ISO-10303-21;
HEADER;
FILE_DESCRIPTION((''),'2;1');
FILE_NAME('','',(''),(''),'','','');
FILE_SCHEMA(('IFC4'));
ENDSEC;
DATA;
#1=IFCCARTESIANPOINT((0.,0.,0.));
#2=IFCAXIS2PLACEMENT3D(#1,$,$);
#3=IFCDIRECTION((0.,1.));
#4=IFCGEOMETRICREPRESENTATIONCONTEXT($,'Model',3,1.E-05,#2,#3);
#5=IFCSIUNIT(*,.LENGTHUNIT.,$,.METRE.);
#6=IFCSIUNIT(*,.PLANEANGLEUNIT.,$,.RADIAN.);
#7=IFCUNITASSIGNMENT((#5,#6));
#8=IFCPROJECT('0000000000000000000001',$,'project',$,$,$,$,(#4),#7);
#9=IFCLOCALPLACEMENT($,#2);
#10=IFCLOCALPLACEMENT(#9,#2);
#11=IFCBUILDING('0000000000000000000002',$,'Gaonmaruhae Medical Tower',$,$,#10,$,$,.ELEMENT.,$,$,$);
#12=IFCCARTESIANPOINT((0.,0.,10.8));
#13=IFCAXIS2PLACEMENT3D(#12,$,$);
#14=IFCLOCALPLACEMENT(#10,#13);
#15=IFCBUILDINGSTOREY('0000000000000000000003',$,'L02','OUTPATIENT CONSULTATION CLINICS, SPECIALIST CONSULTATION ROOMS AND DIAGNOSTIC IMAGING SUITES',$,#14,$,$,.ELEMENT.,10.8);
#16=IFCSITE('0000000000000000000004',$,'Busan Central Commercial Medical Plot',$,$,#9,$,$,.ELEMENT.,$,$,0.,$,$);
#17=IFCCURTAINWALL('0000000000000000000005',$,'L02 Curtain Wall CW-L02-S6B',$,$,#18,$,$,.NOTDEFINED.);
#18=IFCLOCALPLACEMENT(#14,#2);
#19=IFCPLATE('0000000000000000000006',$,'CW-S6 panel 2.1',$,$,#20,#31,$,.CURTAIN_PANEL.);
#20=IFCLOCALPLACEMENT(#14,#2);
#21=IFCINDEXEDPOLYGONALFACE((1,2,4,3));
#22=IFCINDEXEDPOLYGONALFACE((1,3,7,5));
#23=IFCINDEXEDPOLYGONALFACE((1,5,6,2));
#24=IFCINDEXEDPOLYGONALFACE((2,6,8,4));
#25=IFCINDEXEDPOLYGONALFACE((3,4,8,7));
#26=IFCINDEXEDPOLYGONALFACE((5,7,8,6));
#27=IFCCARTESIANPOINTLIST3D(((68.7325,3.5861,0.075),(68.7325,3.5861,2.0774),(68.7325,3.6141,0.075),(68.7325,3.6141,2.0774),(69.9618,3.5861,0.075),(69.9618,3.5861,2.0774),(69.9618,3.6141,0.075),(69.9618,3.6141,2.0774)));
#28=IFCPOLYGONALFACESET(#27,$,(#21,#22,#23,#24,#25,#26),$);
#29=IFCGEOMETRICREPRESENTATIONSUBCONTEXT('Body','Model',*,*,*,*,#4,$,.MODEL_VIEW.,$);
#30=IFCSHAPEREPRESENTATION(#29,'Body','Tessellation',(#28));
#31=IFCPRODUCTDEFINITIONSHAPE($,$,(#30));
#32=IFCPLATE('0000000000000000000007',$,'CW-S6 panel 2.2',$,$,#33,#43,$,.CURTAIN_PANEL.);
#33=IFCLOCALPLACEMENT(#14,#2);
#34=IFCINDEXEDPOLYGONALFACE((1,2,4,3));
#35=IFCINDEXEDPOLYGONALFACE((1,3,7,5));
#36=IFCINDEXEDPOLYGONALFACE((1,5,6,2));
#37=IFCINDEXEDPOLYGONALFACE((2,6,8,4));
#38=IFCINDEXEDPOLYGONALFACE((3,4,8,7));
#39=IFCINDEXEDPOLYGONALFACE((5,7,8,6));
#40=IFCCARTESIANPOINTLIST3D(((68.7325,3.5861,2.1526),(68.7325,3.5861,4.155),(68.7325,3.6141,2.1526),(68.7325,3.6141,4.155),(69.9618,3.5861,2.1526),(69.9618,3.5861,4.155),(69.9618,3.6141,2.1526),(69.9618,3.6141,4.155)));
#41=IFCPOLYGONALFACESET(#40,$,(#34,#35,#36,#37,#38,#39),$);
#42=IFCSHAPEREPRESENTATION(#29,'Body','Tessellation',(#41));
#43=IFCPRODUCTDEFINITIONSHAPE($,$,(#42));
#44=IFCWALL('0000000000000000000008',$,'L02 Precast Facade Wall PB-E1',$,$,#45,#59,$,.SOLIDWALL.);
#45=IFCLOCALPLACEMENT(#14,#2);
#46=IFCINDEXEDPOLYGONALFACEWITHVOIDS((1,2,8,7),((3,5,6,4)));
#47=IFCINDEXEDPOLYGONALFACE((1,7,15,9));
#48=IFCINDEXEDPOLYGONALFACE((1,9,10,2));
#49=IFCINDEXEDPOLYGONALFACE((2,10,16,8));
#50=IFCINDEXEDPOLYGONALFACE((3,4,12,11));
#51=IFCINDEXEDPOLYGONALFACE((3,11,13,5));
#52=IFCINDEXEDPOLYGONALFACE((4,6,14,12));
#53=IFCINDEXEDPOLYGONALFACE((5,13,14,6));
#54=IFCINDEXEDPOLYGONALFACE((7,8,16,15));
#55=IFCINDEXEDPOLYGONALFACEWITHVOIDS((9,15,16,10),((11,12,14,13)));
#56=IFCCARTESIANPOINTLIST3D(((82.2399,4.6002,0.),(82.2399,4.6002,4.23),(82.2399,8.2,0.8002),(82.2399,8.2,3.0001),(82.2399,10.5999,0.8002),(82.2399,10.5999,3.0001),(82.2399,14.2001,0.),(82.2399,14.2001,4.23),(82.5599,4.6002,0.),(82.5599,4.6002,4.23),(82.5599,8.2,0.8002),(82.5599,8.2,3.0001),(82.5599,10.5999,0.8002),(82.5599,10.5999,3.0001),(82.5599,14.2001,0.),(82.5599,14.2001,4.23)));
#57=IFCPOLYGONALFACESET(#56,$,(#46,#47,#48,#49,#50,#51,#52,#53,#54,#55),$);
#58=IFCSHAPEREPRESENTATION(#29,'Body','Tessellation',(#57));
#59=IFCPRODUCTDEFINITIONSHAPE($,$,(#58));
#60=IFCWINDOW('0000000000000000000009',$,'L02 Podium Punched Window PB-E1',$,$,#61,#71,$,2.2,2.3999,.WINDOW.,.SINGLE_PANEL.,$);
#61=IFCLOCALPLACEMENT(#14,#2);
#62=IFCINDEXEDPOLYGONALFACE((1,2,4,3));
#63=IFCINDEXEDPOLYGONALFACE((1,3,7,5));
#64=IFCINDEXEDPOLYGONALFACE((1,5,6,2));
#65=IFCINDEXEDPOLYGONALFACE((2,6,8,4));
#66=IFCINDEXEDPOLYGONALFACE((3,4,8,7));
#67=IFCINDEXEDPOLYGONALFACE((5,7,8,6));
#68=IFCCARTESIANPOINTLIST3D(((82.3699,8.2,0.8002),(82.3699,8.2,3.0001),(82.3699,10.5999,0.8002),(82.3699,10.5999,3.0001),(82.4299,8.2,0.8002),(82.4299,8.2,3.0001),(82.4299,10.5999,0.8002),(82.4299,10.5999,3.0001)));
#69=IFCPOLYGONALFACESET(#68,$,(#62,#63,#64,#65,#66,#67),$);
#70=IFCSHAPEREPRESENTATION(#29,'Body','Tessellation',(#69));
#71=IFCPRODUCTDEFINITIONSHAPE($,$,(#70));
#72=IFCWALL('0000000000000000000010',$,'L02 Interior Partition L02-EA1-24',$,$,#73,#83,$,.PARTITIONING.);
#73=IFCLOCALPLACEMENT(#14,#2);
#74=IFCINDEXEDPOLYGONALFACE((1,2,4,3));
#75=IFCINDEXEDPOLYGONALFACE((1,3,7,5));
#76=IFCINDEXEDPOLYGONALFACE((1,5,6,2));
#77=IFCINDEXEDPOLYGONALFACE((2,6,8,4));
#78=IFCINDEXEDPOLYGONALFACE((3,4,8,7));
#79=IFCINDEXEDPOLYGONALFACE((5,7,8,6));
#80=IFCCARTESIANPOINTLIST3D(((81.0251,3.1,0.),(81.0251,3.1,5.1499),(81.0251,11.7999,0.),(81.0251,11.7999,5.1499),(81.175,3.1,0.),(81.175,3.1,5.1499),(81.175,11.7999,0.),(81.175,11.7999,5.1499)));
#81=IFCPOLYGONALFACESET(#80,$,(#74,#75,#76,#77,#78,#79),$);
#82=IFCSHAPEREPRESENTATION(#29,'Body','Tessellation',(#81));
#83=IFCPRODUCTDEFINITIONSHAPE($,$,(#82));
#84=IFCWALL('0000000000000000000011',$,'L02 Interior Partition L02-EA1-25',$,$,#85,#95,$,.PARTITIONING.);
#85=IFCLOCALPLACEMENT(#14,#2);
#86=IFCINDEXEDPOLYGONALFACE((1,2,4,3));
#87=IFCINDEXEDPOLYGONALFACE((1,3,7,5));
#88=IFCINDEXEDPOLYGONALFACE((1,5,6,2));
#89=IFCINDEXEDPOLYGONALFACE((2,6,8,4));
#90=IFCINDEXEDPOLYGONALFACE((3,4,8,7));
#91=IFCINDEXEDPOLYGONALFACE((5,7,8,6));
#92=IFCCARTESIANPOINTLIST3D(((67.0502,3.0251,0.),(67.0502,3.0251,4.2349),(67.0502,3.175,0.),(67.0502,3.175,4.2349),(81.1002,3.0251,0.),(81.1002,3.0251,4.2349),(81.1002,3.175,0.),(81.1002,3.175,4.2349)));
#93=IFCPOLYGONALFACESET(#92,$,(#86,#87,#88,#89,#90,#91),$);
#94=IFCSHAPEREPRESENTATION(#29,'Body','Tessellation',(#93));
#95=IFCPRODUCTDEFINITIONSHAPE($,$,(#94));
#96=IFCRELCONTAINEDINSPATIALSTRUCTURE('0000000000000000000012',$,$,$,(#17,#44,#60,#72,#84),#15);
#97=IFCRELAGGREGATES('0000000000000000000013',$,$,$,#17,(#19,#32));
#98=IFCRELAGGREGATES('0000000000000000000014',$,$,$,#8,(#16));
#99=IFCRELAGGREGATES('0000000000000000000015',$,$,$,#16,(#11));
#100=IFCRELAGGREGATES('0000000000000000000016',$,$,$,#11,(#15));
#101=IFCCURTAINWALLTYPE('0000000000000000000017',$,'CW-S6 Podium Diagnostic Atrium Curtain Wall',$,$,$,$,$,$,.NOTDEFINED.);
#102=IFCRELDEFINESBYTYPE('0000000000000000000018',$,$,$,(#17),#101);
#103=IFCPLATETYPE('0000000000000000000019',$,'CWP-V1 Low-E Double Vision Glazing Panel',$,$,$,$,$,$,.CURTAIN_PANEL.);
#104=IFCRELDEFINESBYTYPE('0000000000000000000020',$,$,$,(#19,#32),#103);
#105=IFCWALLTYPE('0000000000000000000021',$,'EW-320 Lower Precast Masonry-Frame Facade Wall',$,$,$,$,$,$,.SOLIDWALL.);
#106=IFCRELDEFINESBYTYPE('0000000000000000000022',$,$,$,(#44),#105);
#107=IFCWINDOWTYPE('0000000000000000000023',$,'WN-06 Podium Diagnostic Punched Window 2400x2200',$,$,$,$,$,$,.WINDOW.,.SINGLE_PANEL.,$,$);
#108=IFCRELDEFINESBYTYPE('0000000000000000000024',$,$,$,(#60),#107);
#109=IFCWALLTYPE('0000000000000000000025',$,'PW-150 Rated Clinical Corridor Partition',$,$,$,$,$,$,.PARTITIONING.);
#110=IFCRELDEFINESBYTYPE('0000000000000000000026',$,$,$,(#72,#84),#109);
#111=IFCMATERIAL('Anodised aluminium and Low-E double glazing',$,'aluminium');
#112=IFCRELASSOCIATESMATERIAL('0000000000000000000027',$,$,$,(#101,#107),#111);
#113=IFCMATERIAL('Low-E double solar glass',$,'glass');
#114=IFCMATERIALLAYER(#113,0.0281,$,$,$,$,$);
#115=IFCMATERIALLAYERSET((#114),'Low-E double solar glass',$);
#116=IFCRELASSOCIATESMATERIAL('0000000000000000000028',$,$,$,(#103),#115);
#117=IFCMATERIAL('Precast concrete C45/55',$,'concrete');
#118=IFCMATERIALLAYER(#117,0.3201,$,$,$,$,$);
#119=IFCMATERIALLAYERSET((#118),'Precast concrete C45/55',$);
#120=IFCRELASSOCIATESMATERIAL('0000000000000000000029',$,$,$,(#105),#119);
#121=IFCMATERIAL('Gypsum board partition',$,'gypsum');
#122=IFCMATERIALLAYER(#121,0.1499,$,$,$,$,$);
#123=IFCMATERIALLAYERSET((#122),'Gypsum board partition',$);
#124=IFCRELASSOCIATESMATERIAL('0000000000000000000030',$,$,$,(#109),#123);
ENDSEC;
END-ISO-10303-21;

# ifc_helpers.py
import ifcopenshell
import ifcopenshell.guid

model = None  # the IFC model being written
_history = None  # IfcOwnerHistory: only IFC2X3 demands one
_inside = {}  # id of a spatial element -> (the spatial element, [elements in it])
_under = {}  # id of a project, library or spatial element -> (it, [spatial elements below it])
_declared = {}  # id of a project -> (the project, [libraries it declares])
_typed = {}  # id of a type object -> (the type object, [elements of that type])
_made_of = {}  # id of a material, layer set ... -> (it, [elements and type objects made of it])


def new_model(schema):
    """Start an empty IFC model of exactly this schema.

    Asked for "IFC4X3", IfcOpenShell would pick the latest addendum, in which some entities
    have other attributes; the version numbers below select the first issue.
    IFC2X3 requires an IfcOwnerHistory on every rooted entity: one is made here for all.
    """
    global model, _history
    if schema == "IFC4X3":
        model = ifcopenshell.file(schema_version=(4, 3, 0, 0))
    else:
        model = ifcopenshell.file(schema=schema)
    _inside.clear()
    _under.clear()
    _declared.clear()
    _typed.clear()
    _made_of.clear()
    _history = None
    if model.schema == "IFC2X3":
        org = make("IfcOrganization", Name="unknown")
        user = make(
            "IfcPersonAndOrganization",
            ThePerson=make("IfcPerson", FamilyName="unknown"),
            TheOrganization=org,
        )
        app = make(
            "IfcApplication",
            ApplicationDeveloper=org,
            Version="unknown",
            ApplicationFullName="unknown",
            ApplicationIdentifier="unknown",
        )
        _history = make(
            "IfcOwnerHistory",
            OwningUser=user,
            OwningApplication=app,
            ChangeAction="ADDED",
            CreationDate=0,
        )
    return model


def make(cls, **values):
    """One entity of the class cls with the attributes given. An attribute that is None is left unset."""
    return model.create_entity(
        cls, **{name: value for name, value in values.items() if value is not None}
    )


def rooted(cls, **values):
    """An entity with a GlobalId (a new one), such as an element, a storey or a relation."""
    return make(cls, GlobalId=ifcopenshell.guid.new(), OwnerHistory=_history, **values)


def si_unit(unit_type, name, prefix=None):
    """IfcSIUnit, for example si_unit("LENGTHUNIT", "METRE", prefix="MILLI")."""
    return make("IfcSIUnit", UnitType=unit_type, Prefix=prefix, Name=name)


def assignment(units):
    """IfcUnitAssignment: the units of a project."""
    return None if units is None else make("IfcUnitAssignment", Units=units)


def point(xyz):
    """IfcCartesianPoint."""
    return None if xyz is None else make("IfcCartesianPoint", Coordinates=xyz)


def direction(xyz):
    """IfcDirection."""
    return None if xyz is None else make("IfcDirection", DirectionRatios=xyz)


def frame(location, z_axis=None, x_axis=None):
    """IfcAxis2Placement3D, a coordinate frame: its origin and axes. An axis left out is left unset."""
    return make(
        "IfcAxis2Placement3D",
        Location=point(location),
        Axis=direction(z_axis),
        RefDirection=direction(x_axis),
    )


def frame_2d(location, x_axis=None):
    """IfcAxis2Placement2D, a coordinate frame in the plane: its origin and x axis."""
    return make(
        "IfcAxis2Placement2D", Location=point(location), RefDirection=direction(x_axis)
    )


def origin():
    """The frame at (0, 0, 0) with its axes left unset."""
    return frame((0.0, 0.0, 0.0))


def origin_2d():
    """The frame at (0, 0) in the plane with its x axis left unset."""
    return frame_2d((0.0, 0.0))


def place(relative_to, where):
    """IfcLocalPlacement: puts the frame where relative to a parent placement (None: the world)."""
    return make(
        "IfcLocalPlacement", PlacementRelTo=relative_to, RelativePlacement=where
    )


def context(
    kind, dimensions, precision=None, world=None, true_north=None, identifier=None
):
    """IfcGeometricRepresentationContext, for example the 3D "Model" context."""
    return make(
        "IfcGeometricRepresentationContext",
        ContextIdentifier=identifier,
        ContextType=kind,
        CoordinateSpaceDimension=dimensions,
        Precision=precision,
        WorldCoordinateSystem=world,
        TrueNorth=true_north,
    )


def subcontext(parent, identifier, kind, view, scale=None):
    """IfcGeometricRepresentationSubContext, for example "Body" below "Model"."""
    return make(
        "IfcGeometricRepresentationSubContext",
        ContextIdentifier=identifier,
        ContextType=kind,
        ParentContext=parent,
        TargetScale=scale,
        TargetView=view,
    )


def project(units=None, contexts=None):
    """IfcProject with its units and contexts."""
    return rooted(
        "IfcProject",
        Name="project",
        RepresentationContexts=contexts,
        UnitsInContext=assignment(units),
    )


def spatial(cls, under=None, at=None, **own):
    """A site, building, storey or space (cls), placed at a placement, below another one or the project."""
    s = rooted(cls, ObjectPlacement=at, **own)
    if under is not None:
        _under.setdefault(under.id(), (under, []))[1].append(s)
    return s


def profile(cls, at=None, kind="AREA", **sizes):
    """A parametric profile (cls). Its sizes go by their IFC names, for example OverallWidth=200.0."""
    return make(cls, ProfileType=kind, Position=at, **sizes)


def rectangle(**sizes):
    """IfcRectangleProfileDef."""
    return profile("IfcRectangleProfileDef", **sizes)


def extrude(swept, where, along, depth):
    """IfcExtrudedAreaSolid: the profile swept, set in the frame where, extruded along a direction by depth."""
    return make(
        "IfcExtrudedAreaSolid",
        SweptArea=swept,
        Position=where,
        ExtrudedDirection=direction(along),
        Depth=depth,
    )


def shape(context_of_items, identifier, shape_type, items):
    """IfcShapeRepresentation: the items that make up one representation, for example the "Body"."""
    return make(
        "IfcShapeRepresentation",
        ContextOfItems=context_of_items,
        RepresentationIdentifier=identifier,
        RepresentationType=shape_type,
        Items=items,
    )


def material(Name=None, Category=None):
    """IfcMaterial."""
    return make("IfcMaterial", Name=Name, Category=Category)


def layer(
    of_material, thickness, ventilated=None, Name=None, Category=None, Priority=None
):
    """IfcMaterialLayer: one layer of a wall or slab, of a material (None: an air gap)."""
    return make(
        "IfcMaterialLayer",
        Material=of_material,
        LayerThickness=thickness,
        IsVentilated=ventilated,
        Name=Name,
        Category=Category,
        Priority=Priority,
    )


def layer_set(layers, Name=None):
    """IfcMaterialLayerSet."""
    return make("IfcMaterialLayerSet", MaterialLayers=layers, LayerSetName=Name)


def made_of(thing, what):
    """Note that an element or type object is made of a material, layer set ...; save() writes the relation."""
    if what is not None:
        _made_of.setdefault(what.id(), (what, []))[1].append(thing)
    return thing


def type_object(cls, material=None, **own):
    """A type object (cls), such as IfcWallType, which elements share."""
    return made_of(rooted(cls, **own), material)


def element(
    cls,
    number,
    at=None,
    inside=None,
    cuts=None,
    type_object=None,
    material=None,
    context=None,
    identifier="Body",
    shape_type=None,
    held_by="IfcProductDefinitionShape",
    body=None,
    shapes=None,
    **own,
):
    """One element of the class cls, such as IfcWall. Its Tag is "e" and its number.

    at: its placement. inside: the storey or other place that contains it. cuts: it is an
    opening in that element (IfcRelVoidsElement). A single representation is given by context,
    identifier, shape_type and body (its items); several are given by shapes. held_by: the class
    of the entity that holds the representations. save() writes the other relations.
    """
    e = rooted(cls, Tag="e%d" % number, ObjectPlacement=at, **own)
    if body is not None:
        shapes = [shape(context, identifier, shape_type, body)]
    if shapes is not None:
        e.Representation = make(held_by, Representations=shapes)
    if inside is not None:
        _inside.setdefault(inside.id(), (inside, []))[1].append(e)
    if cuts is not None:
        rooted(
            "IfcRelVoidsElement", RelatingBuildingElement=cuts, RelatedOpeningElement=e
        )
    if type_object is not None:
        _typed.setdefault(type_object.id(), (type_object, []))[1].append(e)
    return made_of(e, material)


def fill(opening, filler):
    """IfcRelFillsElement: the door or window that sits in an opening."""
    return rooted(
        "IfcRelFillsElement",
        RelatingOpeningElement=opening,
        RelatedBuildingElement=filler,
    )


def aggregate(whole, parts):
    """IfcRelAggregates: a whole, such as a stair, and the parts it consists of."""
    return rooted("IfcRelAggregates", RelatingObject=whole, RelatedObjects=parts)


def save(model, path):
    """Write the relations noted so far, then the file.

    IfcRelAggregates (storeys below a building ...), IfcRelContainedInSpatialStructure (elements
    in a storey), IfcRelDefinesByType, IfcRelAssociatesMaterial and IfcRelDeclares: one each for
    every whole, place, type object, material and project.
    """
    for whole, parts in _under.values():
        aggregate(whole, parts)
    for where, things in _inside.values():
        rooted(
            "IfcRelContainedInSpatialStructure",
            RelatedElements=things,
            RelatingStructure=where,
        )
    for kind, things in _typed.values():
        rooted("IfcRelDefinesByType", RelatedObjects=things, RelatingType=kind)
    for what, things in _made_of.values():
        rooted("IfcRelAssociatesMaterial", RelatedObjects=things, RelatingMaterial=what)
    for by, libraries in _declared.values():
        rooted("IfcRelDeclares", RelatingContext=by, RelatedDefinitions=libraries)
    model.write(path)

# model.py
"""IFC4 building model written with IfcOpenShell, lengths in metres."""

from ifc_helpers import new_model, si_unit, direction, frame, frame_2d, origin, origin_2d, place, context, subcontext, project, spatial, rectangle, extrude, material, layer, layer_set, type_object, element, fill, aggregate, save


model = new_model("IFC4")

# Units and contexts
model_context = context("Model", 3, precision=1e-05, world=origin(), true_north=direction((0.0, 1.0)))
body_context = subcontext(model_context, "Body", "Model", "MODEL_VIEW")
ifc_project = project(units=[si_unit("LENGTHUNIT", "METRE"), si_unit("PLANEANGLEUNIT", "RADIAN")], contexts=[model_context])

# Site, building, storey
site_placement = place(None, origin())
site = spatial("IfcSite", under=ifc_project, at=site_placement, Name="Busan Central Commercial Medical Plot", CompositionType="ELEMENT", RefElevation=0.0)
building_placement = place(site_placement, origin())
building = spatial("IfcBuilding", under=site, at=building_placement, Name="Gaonmaruhae Medical Tower", CompositionType="ELEMENT")
storey_placement = place(building_placement, frame((0.0, 0.0, 10.8)))
storey = spatial("IfcBuildingStorey", under=building, at=storey_placement, Name="L02", Description="OUTPATIENT CONSULTATION CLINICS, SPECIALIST CONSULTATION ROOMS AND DIAGNOSTIC IMAGING SUITES", CompositionType="ELEMENT", Elevation=10.8)

# Curtain wall
ifc_material_1 = material(Name="Anodised aluminium and Low-E double glazing", Category="aluminium")
curtain_wall_type = type_object("IfcCurtainWallType", Name="CW-S6 Podium Diagnostic Atrium Curtain Wall", PredefinedType="NOTDEFINED", material=ifc_material_1)
curtain_wall_placement = place(storey_placement, origin())
curtain_wall = element("IfcCurtainWall", 1, at=curtain_wall_placement, inside=storey, type_object=curtain_wall_type, Name="L02 Curtain Wall CW-L02-S6B", PredefinedType="NOTDEFINED")

# Plates
ifc_material_2 = material(Name="Low-E double solar glass", Category="glass")
ifc_layer_1 = layer(ifc_material_2, 0.0281)
ifc_layer_set_1 = layer_set([ifc_layer_1], Name="Low-E double solar glass")
plate_type = type_object("IfcPlateType", Name="CWP-V1 Low-E Double Vision Glazing Panel", PredefinedType="CURTAIN_PANEL", material=ifc_layer_set_1)
plate_1_placement = place(storey_placement, frame((69.3472, 3.6001, 0.075), z_axis=(0.0, 0.0, 1.0), x_axis=(1.0, 0.0, 0.0)))
plate_1 = element("IfcPlate", 2, at=plate_1_placement, type_object=plate_type, Name="CW-S6 panel 2.1", PredefinedType="CURTAIN_PANEL", context=body_context, shape_type="SweptSolid", body=[
    extrude(rectangle(XDim=1.2292, YDim=0.0281, at=origin_2d()), origin(), (0.0, 0.0, 1.0), 2.0024),
])
plate_2_placement = place(storey_placement, frame((69.3472, 3.6001, 2.1526), z_axis=(0.0, 0.0, 1.0), x_axis=(1.0, 0.0, 0.0)))
plate_2 = element("IfcPlate", 3, at=plate_2_placement, type_object=plate_type, Name="CW-S6 panel 2.2", PredefinedType="CURTAIN_PANEL", context=body_context, shape_type="SweptSolid", body=[
    extrude(rectangle(XDim=1.2292, YDim=0.0281, at=origin_2d()), origin(), (0.0, 0.0, 1.0), 2.0024),
])
aggregate(curtain_wall, [plate_1, plate_2])

# Wall, opening, window
ifc_material_3 = material(Name="Precast concrete C45/55", Category="concrete")
ifc_layer_2 = layer(ifc_material_3, 0.3201)
ifc_layer_set_2 = layer_set([ifc_layer_2], Name="Precast concrete C45/55")
wall_type_1 = type_object("IfcWallType", Name="EW-320 Lower Precast Masonry-Frame Facade Wall", PredefinedType="SOLIDWALL", material=ifc_layer_set_2)
wall_1_placement = place(storey_placement, frame((82.3999, 14.2, 0.0), z_axis=(0.0, 0.0, 1.0), x_axis=(0.0, -1.0, 0.0)))
wall_1 = element("IfcWall", 4, at=wall_1_placement, inside=storey, type_object=wall_type_1, Name="L02 Precast Facade Wall PB-E1", PredefinedType="SOLIDWALL", context=body_context, shape_type="SweptSolid", body=[
    extrude(rectangle(XDim=9.5999, YDim=0.3201, at=frame_2d((4.7998, 0.0))), origin(), (0.0, 0.0, 1.0), 4.23),
])
opening_placement = place(wall_1_placement, frame((3.6001, 0.0, 0.8)))
opening = element("IfcOpeningElement", 5, at=opening_placement, cuts=wall_1, PredefinedType="OPENING", context=body_context, shape_type="SweptSolid", body=[
    extrude(rectangle(XDim=2.3999, YDim=2.2, at=frame_2d((1.2, 1.1001))), frame((0.0, 0.1699, 0.0), z_axis=(0.0, -1.0, 0.0), x_axis=(1.0, 0.0, 0.0)), (0.0, 0.0, 1.0), 0.3401),
])
window_type = type_object("IfcWindowType", Name="WN-06 Podium Diagnostic Punched Window 2400x2200", PartitioningType="SINGLE_PANEL", PredefinedType="WINDOW", material=ifc_material_1)
window_placement = place(opening_placement, origin())
window = element("IfcWindow", 6, at=window_placement, inside=storey, type_object=window_type, Name="L02 Podium Punched Window PB-E1", OverallHeight=2.2, OverallWidth=2.3999, PartitioningType="SINGLE_PANEL", PredefinedType="WINDOW", context=body_context, shape_type="SweptSolid", body=[
    extrude(rectangle(XDim=2.3999, YDim=2.2, at=frame_2d((1.2, 1.1001))), frame((0.0, 0.03, 0.0), z_axis=(0.0, -1.0, 0.0), x_axis=(1.0, 0.0, 0.0)), (0.0, 0.0, 1.0), 0.0601),
])
fill(opening, window)

# Walls
ifc_material_4 = material(Name="Gypsum board partition", Category="gypsum")
ifc_layer_3 = layer(ifc_material_4, 0.1499)
ifc_layer_set_3 = layer_set([ifc_layer_3], Name="Gypsum board partition")
wall_type_2 = type_object("IfcWallType", Name="PW-150 Rated Clinical Corridor Partition", PredefinedType="PARTITIONING", material=ifc_layer_set_3)
wall_2_placement = place(storey_placement, frame((81.1001, 11.8, 0.0), z_axis=(0.0, 0.0, 1.0), x_axis=(0.0, -1.0, 0.0)))
element("IfcWall", 7, at=wall_2_placement, inside=storey, type_object=wall_type_2, Name="L02 Interior Partition L02-EA1-24", PredefinedType="PARTITIONING", context=body_context, shape_type="SweptSolid", body=[
    extrude(rectangle(XDim=8.7, YDim=0.1499, at=frame_2d((4.3501, 0.0))), origin(), (0.0, 0.0, 1.0), 5.1499),
])
wall_3_placement = place(storey_placement, frame((81.1001, 3.1001, 0.0), z_axis=(0.0, 0.0, 1.0), x_axis=(-1.0, 0.0, 0.0)))
element("IfcWall", 8, at=wall_3_placement, inside=storey, type_object=wall_type_2, Name="L02 Interior Partition L02-EA1-25", PredefinedType="PARTITIONING", context=body_context, shape_type="SweptSolid", body=[
    extrude(rectangle(XDim=14.05, YDim=0.1499, at=frame_2d((7.0249, 0.0))), origin(), (0.0, 0.0, 1.0), 4.2349),
])

save(model, "model.ifc")
